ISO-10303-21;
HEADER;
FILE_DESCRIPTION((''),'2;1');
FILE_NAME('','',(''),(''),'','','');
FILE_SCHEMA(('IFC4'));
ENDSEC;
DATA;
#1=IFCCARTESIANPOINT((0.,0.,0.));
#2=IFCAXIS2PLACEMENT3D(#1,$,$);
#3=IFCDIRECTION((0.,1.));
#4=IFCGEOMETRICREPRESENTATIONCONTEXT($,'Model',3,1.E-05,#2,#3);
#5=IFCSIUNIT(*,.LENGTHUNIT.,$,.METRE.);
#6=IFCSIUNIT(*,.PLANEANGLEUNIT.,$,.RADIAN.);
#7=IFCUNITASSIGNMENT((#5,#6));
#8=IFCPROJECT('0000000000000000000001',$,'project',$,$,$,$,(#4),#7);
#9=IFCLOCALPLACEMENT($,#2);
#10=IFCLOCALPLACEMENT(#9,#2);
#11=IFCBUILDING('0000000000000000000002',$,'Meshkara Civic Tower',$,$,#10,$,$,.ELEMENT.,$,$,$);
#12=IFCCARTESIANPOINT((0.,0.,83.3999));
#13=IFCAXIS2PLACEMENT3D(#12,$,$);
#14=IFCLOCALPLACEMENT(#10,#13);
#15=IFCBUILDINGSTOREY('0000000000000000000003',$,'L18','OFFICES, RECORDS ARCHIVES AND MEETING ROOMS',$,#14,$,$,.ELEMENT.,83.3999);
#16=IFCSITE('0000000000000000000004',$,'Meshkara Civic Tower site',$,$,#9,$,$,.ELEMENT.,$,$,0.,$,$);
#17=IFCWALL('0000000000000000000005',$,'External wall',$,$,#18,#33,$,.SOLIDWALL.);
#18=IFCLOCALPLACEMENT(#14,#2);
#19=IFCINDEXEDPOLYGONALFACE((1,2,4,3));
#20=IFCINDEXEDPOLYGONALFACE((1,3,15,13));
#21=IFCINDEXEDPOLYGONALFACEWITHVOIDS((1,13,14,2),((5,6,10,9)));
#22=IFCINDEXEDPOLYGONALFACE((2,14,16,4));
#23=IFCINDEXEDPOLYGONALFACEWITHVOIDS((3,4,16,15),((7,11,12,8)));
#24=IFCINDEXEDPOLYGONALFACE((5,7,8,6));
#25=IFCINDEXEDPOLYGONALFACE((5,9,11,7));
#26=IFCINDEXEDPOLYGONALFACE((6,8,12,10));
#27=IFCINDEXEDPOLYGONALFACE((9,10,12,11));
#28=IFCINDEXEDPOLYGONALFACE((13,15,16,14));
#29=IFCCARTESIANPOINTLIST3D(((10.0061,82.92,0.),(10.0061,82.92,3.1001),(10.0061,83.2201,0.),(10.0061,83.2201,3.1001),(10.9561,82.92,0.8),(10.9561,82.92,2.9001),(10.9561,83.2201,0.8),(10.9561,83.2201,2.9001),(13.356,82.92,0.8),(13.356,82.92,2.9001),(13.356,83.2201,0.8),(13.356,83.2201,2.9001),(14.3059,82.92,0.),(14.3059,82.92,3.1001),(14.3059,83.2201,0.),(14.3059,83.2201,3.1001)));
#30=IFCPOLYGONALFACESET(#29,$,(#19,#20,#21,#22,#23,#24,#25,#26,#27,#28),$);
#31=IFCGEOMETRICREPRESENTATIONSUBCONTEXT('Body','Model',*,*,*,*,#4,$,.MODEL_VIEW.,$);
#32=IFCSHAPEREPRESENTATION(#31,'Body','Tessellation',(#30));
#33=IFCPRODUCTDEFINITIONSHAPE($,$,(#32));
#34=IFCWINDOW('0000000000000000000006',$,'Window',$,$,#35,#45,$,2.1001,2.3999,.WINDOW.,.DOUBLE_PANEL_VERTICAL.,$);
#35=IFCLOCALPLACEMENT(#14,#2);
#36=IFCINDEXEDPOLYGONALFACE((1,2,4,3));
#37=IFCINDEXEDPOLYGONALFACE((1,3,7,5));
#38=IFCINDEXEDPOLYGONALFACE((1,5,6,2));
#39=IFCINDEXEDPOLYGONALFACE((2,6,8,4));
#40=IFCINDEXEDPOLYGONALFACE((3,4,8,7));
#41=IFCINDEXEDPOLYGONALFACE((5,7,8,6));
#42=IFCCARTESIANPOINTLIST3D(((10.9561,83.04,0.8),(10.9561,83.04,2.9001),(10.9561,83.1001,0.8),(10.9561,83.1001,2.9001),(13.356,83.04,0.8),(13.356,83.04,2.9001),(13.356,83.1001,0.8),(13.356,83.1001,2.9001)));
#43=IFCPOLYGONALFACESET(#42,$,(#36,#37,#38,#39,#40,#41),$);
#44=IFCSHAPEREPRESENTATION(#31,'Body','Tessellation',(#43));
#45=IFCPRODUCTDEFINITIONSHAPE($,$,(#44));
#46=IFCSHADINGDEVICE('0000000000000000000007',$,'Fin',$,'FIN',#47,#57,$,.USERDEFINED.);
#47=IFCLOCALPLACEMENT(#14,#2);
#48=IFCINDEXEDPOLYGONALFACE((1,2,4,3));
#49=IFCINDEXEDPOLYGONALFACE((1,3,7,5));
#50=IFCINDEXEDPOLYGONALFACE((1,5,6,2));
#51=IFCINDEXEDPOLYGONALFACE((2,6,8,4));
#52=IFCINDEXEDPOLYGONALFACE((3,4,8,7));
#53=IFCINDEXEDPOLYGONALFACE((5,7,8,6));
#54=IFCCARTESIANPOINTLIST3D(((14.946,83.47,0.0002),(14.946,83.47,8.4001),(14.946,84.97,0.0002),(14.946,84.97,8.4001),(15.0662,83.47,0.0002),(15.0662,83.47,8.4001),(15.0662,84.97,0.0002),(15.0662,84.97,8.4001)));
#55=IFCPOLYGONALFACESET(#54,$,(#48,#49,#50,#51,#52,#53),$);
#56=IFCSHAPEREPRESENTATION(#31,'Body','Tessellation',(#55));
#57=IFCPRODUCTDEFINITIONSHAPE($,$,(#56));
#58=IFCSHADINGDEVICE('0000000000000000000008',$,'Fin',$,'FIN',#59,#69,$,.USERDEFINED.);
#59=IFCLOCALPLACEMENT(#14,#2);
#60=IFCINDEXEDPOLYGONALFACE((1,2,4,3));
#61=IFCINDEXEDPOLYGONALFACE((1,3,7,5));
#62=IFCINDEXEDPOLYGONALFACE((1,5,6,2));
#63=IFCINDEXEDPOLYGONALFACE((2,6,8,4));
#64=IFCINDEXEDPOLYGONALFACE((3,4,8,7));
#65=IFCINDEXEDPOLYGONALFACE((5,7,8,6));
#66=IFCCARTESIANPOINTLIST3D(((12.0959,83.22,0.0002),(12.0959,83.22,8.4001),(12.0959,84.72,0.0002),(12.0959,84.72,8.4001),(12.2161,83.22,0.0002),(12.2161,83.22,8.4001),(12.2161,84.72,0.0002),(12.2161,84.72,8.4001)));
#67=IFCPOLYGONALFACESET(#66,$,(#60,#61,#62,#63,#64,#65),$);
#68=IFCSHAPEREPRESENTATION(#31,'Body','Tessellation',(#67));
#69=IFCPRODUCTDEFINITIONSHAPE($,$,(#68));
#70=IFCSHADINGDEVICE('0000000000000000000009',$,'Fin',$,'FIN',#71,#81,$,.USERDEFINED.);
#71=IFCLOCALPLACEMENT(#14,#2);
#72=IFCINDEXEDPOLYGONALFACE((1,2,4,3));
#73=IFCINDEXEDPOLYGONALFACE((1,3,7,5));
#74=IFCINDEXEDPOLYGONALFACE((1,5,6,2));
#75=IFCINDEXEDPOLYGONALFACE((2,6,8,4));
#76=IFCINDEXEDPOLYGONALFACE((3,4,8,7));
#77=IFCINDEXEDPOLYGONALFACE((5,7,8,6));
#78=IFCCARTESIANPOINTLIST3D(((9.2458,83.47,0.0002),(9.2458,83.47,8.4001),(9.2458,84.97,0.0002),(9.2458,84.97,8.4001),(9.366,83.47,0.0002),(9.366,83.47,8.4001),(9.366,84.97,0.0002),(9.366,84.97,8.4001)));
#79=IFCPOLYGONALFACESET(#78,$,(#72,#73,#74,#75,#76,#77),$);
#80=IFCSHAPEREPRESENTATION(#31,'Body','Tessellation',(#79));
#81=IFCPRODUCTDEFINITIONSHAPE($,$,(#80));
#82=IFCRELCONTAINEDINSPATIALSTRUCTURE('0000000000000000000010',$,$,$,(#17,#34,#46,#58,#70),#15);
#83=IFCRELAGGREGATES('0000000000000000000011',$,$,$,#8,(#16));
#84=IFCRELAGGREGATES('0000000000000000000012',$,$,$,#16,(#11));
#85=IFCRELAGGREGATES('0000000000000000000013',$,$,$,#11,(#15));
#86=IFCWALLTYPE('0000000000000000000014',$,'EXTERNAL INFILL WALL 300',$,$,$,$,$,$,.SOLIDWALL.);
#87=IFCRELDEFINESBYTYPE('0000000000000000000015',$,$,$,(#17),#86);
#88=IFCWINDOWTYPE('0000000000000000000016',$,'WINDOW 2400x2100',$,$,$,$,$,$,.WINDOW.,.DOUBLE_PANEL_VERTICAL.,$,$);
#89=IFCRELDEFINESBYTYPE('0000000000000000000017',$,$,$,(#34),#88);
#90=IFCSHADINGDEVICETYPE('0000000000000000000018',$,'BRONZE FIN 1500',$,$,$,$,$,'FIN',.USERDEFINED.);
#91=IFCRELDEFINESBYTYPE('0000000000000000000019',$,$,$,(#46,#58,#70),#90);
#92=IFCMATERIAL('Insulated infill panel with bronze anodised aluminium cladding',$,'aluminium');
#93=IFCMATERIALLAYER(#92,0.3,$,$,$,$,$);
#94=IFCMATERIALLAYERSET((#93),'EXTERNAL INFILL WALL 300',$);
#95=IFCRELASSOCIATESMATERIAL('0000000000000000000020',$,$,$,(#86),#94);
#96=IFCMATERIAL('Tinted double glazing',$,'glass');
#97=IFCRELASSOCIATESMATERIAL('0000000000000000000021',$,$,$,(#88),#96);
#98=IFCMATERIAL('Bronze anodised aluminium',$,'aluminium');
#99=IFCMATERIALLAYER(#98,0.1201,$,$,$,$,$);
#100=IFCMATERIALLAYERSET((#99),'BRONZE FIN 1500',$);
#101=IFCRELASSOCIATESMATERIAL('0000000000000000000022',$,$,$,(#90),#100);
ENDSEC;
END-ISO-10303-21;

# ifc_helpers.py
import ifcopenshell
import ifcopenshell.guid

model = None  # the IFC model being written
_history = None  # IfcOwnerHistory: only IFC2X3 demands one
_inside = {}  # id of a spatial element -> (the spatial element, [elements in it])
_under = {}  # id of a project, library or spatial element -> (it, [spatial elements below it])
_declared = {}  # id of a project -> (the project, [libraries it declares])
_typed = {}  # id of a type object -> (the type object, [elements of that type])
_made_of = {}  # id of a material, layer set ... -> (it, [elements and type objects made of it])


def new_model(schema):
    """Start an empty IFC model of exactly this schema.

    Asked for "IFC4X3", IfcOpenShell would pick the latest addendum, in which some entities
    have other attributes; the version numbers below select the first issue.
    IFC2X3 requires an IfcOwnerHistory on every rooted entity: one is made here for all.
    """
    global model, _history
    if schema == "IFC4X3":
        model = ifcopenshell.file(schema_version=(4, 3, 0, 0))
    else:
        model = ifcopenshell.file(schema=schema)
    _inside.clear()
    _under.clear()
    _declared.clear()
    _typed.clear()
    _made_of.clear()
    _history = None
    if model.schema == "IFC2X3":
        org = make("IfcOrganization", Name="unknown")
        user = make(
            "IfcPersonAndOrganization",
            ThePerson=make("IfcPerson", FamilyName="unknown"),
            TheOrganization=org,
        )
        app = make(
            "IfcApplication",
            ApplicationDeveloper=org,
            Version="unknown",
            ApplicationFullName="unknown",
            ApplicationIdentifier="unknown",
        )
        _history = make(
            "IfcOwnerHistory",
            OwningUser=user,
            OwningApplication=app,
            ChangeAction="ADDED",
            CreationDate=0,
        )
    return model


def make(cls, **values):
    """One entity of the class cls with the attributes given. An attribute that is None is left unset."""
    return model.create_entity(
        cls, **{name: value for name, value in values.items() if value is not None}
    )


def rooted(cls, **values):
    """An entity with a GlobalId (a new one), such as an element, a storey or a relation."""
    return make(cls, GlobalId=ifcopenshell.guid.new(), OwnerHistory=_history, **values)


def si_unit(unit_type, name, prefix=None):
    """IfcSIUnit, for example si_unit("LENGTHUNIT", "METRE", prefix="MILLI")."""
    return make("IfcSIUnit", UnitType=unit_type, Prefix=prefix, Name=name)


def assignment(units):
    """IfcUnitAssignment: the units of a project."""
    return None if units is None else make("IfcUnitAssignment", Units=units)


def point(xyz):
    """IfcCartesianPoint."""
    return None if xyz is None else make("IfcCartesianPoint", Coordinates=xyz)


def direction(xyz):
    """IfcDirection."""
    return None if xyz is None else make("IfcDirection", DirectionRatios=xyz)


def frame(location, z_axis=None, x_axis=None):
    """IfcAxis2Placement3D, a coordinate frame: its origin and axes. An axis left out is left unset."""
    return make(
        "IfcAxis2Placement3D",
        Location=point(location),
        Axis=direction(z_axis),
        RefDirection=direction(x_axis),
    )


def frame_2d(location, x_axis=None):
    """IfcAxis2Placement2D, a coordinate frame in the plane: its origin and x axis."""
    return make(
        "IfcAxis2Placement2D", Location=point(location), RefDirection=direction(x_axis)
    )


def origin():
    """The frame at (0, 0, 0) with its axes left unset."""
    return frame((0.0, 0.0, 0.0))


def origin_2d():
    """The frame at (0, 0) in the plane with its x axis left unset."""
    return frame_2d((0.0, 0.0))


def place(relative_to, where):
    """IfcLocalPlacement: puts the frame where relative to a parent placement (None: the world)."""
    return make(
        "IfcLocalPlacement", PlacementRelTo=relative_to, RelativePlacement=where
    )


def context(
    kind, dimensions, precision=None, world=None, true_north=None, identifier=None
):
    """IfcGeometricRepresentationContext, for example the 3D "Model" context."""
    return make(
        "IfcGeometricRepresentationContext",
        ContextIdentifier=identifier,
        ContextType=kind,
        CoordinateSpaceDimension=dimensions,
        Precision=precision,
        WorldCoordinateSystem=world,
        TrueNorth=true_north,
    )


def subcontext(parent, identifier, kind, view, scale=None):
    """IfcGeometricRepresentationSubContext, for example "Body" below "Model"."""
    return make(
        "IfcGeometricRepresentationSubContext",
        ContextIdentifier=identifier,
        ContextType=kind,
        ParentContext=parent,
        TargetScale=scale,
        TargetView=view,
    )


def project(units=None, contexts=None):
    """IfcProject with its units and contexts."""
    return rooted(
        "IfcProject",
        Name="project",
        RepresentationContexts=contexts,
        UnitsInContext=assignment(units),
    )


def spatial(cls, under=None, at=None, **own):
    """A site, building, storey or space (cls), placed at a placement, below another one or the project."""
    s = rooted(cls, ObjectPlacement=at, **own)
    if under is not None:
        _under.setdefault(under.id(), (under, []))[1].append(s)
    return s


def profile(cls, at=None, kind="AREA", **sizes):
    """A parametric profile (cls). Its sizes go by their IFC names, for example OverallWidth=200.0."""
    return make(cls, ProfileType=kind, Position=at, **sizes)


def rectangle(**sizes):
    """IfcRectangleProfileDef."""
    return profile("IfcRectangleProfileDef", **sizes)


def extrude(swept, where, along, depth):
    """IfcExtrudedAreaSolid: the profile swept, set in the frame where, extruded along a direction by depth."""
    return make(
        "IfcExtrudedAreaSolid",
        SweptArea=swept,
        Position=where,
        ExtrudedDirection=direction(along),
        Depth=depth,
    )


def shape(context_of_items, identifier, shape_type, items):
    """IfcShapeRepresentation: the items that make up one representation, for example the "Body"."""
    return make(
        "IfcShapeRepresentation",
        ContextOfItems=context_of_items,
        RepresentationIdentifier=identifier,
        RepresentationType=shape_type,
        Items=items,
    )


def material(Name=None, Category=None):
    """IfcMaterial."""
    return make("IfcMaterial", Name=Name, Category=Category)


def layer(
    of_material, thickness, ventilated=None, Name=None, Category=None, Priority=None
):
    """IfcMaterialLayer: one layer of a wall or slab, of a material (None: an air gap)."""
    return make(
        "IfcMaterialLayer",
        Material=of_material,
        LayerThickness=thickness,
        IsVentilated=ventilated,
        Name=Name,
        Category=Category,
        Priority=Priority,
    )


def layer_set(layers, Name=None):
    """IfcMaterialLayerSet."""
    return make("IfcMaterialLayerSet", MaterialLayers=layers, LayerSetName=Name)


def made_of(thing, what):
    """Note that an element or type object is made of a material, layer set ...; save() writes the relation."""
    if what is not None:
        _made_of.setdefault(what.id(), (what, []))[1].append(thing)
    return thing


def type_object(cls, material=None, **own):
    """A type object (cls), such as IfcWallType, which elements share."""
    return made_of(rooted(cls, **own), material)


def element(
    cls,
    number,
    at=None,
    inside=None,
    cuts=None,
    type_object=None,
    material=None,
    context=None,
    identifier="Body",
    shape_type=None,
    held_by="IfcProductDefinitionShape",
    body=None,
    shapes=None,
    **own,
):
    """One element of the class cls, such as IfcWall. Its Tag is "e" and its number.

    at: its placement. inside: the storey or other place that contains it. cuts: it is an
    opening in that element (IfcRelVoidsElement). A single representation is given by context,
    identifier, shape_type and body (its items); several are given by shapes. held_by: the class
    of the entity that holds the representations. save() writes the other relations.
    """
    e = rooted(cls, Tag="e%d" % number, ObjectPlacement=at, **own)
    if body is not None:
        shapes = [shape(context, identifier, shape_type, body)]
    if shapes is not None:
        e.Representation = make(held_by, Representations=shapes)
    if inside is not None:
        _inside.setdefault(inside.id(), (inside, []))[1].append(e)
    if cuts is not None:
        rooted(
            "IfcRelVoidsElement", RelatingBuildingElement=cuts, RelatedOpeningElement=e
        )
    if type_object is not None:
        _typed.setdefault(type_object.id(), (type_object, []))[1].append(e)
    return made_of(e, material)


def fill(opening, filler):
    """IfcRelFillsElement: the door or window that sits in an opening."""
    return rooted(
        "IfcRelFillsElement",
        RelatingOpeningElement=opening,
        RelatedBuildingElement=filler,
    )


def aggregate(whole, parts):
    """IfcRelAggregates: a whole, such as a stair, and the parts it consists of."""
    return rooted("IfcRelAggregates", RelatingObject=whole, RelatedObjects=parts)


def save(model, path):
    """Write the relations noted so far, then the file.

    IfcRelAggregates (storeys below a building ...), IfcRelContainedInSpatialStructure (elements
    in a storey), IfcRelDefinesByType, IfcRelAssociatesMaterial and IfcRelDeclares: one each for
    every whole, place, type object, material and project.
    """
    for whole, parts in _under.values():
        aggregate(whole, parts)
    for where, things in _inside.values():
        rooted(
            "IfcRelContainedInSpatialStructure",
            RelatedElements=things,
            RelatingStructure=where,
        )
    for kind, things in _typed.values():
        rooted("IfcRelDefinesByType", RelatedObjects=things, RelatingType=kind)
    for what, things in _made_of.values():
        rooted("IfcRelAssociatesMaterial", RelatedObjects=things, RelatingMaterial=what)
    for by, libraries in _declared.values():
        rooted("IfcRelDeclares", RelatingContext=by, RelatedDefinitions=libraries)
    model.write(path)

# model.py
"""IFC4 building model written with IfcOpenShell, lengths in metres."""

from ifc_helpers import new_model, si_unit, direction, frame, frame_2d, origin, origin_2d, place, context, subcontext, project, spatial, rectangle, extrude, material, layer, layer_set, type_object, element, fill, save


model = new_model("IFC4")

# Units and contexts
model_context = context("Model", 3, precision=1e-05, world=origin(), true_north=direction((0.0, 1.0)))
body_context = subcontext(model_context, "Body", "Model", "MODEL_VIEW")
ifc_project = project(units=[si_unit("LENGTHUNIT", "METRE"), si_unit("PLANEANGLEUNIT", "RADIAN")], contexts=[model_context])

# Site, building, storey
site_placement = place(None, origin())
site = spatial("IfcSite", under=ifc_project, at=site_placement, Name="Meshkara Civic Tower site", CompositionType="ELEMENT", RefElevation=0.0)
building_placement = place(site_placement, origin())
building = spatial("IfcBuilding", under=site, at=building_placement, Name="Meshkara Civic Tower", CompositionType="ELEMENT")
storey_placement = place(building_placement, frame((0.0, 0.0, 83.3999)))
storey = spatial("IfcBuildingStorey", under=building, at=storey_placement, Name="L18", Description="OFFICES, RECORDS ARCHIVES AND MEETING ROOMS", CompositionType="ELEMENT", Elevation=83.3999)

# Wall, opening, window
ifc_material_1 = material(Name="Insulated infill panel with bronze anodised aluminium cladding", Category="aluminium")
ifc_layer_1 = layer(ifc_material_1, 0.3)
ifc_layer_set_1 = layer_set([ifc_layer_1], Name="EXTERNAL INFILL WALL 300")
wall_type = type_object("IfcWallType", Name="EXTERNAL INFILL WALL 300", PredefinedType="SOLIDWALL", material=ifc_layer_set_1)
ifc_material_2 = material(Name="Tinted double glazing", Category="glass")
window_type_1 = type_object("IfcWindowType", Name="WINDOW 2400x2100", PartitioningType="DOUBLE_PANEL_VERTICAL", PredefinedType="WINDOW", material=ifc_material_2)
wall_1_placement = place(storey_placement, frame((14.3059, 83.0701, 0.0), z_axis=(0.0, 0.0, 1.0), x_axis=(-1.0, 0.0, 0.0)))
wall_1 = element("IfcWall", 1, at=wall_1_placement, inside=storey, type_object=wall_type, Name="External wall", PredefinedType="SOLIDWALL", context=body_context, shape_type="SweptSolid", body=[
    extrude(rectangle(XDim=4.2998, YDim=0.3, at=frame_2d((2.1499, 0.0))), origin(), (0.0, 0.0, 1.0), 3.1001),
])
opening_1_placement = place(wall_1_placement, frame((0.95, 0.0, 0.8)))
opening_1 = element("IfcOpeningElement", 2, at=opening_1_placement, cuts=wall_1, PredefinedType="OPENING", context=body_context, shape_type="SweptSolid", body=[
    extrude(rectangle(XDim=2.3999, YDim=2.1001, at=frame_2d((1.2, 1.05))), frame((0.0, 0.1599, 0.0), z_axis=(0.0, -1.0, 0.0), x_axis=(1.0, 0.0, 0.0)), (0.0, 0.0, 1.0), 0.3201),
])
window_1_placement = place(opening_1_placement, origin())
window_1 = element("IfcWindow", 3, at=window_1_placement, inside=storey, type_object=window_type_1, Name="Window", OverallHeight=2.1001, OverallWidth=2.3999, PartitioningType="DOUBLE_PANEL_VERTICAL", PredefinedType="WINDOW", context=body_context, shape_type="SweptSolid", body=[
    extrude(rectangle(XDim=2.3999, YDim=2.1001, at=frame_2d((1.2, 1.05))), frame((0.0, 0.03, 0.0), z_axis=(0.0, -1.0, 0.0), x_axis=(1.0, 0.0, 0.0)), (0.0, 0.0, 1.0), 0.0601),
])
fill(opening_1, window_1)

# Shading devices
ifc_material_3 = material(Name="Bronze anodised aluminium", Category="aluminium")
ifc_layer_2 = layer(ifc_material_3, 0.1201)
ifc_layer_set_2 = layer_set([ifc_layer_2], Name="BRONZE FIN 1500")
shading_device_type = type_object("IfcShadingDeviceType", Name="BRONZE FIN 1500", ElementType="FIN", PredefinedType="USERDEFINED", material=ifc_layer_set_2)
for number, where, z_axis, x_axis, name in (
    (4, (15.0061, 84.22, 0.0002), (0.0, 0.0, 1.0), (-1.0, 0.0, 0.0), "Fin"),
    (5, (12.156, 83.97, 0.0002), (0.0, 0.0, 1.0), (-1.0, 0.0, 0.0), "Fin"),
    (6, (9.3059, 84.22, 0.0002), (0.0, 0.0, 1.0), (-1.0, 0.0, 0.0), "Fin"),
):
    element("IfcShadingDevice", number, at=place(storey_placement, frame(where, z_axis=z_axis, x_axis=x_axis)), inside=storey, type_object=shading_device_type, Name=name, ObjectType="FIN", PredefinedType="USERDEFINED", context=body_context, shape_type="SweptSolid", body=[
        extrude(rectangle(XDim=0.1201, YDim=1.5, at=origin_2d()), origin(), (0.0, 0.0, 1.0), 8.3999),
    ])

save(model, "model.ifc")
